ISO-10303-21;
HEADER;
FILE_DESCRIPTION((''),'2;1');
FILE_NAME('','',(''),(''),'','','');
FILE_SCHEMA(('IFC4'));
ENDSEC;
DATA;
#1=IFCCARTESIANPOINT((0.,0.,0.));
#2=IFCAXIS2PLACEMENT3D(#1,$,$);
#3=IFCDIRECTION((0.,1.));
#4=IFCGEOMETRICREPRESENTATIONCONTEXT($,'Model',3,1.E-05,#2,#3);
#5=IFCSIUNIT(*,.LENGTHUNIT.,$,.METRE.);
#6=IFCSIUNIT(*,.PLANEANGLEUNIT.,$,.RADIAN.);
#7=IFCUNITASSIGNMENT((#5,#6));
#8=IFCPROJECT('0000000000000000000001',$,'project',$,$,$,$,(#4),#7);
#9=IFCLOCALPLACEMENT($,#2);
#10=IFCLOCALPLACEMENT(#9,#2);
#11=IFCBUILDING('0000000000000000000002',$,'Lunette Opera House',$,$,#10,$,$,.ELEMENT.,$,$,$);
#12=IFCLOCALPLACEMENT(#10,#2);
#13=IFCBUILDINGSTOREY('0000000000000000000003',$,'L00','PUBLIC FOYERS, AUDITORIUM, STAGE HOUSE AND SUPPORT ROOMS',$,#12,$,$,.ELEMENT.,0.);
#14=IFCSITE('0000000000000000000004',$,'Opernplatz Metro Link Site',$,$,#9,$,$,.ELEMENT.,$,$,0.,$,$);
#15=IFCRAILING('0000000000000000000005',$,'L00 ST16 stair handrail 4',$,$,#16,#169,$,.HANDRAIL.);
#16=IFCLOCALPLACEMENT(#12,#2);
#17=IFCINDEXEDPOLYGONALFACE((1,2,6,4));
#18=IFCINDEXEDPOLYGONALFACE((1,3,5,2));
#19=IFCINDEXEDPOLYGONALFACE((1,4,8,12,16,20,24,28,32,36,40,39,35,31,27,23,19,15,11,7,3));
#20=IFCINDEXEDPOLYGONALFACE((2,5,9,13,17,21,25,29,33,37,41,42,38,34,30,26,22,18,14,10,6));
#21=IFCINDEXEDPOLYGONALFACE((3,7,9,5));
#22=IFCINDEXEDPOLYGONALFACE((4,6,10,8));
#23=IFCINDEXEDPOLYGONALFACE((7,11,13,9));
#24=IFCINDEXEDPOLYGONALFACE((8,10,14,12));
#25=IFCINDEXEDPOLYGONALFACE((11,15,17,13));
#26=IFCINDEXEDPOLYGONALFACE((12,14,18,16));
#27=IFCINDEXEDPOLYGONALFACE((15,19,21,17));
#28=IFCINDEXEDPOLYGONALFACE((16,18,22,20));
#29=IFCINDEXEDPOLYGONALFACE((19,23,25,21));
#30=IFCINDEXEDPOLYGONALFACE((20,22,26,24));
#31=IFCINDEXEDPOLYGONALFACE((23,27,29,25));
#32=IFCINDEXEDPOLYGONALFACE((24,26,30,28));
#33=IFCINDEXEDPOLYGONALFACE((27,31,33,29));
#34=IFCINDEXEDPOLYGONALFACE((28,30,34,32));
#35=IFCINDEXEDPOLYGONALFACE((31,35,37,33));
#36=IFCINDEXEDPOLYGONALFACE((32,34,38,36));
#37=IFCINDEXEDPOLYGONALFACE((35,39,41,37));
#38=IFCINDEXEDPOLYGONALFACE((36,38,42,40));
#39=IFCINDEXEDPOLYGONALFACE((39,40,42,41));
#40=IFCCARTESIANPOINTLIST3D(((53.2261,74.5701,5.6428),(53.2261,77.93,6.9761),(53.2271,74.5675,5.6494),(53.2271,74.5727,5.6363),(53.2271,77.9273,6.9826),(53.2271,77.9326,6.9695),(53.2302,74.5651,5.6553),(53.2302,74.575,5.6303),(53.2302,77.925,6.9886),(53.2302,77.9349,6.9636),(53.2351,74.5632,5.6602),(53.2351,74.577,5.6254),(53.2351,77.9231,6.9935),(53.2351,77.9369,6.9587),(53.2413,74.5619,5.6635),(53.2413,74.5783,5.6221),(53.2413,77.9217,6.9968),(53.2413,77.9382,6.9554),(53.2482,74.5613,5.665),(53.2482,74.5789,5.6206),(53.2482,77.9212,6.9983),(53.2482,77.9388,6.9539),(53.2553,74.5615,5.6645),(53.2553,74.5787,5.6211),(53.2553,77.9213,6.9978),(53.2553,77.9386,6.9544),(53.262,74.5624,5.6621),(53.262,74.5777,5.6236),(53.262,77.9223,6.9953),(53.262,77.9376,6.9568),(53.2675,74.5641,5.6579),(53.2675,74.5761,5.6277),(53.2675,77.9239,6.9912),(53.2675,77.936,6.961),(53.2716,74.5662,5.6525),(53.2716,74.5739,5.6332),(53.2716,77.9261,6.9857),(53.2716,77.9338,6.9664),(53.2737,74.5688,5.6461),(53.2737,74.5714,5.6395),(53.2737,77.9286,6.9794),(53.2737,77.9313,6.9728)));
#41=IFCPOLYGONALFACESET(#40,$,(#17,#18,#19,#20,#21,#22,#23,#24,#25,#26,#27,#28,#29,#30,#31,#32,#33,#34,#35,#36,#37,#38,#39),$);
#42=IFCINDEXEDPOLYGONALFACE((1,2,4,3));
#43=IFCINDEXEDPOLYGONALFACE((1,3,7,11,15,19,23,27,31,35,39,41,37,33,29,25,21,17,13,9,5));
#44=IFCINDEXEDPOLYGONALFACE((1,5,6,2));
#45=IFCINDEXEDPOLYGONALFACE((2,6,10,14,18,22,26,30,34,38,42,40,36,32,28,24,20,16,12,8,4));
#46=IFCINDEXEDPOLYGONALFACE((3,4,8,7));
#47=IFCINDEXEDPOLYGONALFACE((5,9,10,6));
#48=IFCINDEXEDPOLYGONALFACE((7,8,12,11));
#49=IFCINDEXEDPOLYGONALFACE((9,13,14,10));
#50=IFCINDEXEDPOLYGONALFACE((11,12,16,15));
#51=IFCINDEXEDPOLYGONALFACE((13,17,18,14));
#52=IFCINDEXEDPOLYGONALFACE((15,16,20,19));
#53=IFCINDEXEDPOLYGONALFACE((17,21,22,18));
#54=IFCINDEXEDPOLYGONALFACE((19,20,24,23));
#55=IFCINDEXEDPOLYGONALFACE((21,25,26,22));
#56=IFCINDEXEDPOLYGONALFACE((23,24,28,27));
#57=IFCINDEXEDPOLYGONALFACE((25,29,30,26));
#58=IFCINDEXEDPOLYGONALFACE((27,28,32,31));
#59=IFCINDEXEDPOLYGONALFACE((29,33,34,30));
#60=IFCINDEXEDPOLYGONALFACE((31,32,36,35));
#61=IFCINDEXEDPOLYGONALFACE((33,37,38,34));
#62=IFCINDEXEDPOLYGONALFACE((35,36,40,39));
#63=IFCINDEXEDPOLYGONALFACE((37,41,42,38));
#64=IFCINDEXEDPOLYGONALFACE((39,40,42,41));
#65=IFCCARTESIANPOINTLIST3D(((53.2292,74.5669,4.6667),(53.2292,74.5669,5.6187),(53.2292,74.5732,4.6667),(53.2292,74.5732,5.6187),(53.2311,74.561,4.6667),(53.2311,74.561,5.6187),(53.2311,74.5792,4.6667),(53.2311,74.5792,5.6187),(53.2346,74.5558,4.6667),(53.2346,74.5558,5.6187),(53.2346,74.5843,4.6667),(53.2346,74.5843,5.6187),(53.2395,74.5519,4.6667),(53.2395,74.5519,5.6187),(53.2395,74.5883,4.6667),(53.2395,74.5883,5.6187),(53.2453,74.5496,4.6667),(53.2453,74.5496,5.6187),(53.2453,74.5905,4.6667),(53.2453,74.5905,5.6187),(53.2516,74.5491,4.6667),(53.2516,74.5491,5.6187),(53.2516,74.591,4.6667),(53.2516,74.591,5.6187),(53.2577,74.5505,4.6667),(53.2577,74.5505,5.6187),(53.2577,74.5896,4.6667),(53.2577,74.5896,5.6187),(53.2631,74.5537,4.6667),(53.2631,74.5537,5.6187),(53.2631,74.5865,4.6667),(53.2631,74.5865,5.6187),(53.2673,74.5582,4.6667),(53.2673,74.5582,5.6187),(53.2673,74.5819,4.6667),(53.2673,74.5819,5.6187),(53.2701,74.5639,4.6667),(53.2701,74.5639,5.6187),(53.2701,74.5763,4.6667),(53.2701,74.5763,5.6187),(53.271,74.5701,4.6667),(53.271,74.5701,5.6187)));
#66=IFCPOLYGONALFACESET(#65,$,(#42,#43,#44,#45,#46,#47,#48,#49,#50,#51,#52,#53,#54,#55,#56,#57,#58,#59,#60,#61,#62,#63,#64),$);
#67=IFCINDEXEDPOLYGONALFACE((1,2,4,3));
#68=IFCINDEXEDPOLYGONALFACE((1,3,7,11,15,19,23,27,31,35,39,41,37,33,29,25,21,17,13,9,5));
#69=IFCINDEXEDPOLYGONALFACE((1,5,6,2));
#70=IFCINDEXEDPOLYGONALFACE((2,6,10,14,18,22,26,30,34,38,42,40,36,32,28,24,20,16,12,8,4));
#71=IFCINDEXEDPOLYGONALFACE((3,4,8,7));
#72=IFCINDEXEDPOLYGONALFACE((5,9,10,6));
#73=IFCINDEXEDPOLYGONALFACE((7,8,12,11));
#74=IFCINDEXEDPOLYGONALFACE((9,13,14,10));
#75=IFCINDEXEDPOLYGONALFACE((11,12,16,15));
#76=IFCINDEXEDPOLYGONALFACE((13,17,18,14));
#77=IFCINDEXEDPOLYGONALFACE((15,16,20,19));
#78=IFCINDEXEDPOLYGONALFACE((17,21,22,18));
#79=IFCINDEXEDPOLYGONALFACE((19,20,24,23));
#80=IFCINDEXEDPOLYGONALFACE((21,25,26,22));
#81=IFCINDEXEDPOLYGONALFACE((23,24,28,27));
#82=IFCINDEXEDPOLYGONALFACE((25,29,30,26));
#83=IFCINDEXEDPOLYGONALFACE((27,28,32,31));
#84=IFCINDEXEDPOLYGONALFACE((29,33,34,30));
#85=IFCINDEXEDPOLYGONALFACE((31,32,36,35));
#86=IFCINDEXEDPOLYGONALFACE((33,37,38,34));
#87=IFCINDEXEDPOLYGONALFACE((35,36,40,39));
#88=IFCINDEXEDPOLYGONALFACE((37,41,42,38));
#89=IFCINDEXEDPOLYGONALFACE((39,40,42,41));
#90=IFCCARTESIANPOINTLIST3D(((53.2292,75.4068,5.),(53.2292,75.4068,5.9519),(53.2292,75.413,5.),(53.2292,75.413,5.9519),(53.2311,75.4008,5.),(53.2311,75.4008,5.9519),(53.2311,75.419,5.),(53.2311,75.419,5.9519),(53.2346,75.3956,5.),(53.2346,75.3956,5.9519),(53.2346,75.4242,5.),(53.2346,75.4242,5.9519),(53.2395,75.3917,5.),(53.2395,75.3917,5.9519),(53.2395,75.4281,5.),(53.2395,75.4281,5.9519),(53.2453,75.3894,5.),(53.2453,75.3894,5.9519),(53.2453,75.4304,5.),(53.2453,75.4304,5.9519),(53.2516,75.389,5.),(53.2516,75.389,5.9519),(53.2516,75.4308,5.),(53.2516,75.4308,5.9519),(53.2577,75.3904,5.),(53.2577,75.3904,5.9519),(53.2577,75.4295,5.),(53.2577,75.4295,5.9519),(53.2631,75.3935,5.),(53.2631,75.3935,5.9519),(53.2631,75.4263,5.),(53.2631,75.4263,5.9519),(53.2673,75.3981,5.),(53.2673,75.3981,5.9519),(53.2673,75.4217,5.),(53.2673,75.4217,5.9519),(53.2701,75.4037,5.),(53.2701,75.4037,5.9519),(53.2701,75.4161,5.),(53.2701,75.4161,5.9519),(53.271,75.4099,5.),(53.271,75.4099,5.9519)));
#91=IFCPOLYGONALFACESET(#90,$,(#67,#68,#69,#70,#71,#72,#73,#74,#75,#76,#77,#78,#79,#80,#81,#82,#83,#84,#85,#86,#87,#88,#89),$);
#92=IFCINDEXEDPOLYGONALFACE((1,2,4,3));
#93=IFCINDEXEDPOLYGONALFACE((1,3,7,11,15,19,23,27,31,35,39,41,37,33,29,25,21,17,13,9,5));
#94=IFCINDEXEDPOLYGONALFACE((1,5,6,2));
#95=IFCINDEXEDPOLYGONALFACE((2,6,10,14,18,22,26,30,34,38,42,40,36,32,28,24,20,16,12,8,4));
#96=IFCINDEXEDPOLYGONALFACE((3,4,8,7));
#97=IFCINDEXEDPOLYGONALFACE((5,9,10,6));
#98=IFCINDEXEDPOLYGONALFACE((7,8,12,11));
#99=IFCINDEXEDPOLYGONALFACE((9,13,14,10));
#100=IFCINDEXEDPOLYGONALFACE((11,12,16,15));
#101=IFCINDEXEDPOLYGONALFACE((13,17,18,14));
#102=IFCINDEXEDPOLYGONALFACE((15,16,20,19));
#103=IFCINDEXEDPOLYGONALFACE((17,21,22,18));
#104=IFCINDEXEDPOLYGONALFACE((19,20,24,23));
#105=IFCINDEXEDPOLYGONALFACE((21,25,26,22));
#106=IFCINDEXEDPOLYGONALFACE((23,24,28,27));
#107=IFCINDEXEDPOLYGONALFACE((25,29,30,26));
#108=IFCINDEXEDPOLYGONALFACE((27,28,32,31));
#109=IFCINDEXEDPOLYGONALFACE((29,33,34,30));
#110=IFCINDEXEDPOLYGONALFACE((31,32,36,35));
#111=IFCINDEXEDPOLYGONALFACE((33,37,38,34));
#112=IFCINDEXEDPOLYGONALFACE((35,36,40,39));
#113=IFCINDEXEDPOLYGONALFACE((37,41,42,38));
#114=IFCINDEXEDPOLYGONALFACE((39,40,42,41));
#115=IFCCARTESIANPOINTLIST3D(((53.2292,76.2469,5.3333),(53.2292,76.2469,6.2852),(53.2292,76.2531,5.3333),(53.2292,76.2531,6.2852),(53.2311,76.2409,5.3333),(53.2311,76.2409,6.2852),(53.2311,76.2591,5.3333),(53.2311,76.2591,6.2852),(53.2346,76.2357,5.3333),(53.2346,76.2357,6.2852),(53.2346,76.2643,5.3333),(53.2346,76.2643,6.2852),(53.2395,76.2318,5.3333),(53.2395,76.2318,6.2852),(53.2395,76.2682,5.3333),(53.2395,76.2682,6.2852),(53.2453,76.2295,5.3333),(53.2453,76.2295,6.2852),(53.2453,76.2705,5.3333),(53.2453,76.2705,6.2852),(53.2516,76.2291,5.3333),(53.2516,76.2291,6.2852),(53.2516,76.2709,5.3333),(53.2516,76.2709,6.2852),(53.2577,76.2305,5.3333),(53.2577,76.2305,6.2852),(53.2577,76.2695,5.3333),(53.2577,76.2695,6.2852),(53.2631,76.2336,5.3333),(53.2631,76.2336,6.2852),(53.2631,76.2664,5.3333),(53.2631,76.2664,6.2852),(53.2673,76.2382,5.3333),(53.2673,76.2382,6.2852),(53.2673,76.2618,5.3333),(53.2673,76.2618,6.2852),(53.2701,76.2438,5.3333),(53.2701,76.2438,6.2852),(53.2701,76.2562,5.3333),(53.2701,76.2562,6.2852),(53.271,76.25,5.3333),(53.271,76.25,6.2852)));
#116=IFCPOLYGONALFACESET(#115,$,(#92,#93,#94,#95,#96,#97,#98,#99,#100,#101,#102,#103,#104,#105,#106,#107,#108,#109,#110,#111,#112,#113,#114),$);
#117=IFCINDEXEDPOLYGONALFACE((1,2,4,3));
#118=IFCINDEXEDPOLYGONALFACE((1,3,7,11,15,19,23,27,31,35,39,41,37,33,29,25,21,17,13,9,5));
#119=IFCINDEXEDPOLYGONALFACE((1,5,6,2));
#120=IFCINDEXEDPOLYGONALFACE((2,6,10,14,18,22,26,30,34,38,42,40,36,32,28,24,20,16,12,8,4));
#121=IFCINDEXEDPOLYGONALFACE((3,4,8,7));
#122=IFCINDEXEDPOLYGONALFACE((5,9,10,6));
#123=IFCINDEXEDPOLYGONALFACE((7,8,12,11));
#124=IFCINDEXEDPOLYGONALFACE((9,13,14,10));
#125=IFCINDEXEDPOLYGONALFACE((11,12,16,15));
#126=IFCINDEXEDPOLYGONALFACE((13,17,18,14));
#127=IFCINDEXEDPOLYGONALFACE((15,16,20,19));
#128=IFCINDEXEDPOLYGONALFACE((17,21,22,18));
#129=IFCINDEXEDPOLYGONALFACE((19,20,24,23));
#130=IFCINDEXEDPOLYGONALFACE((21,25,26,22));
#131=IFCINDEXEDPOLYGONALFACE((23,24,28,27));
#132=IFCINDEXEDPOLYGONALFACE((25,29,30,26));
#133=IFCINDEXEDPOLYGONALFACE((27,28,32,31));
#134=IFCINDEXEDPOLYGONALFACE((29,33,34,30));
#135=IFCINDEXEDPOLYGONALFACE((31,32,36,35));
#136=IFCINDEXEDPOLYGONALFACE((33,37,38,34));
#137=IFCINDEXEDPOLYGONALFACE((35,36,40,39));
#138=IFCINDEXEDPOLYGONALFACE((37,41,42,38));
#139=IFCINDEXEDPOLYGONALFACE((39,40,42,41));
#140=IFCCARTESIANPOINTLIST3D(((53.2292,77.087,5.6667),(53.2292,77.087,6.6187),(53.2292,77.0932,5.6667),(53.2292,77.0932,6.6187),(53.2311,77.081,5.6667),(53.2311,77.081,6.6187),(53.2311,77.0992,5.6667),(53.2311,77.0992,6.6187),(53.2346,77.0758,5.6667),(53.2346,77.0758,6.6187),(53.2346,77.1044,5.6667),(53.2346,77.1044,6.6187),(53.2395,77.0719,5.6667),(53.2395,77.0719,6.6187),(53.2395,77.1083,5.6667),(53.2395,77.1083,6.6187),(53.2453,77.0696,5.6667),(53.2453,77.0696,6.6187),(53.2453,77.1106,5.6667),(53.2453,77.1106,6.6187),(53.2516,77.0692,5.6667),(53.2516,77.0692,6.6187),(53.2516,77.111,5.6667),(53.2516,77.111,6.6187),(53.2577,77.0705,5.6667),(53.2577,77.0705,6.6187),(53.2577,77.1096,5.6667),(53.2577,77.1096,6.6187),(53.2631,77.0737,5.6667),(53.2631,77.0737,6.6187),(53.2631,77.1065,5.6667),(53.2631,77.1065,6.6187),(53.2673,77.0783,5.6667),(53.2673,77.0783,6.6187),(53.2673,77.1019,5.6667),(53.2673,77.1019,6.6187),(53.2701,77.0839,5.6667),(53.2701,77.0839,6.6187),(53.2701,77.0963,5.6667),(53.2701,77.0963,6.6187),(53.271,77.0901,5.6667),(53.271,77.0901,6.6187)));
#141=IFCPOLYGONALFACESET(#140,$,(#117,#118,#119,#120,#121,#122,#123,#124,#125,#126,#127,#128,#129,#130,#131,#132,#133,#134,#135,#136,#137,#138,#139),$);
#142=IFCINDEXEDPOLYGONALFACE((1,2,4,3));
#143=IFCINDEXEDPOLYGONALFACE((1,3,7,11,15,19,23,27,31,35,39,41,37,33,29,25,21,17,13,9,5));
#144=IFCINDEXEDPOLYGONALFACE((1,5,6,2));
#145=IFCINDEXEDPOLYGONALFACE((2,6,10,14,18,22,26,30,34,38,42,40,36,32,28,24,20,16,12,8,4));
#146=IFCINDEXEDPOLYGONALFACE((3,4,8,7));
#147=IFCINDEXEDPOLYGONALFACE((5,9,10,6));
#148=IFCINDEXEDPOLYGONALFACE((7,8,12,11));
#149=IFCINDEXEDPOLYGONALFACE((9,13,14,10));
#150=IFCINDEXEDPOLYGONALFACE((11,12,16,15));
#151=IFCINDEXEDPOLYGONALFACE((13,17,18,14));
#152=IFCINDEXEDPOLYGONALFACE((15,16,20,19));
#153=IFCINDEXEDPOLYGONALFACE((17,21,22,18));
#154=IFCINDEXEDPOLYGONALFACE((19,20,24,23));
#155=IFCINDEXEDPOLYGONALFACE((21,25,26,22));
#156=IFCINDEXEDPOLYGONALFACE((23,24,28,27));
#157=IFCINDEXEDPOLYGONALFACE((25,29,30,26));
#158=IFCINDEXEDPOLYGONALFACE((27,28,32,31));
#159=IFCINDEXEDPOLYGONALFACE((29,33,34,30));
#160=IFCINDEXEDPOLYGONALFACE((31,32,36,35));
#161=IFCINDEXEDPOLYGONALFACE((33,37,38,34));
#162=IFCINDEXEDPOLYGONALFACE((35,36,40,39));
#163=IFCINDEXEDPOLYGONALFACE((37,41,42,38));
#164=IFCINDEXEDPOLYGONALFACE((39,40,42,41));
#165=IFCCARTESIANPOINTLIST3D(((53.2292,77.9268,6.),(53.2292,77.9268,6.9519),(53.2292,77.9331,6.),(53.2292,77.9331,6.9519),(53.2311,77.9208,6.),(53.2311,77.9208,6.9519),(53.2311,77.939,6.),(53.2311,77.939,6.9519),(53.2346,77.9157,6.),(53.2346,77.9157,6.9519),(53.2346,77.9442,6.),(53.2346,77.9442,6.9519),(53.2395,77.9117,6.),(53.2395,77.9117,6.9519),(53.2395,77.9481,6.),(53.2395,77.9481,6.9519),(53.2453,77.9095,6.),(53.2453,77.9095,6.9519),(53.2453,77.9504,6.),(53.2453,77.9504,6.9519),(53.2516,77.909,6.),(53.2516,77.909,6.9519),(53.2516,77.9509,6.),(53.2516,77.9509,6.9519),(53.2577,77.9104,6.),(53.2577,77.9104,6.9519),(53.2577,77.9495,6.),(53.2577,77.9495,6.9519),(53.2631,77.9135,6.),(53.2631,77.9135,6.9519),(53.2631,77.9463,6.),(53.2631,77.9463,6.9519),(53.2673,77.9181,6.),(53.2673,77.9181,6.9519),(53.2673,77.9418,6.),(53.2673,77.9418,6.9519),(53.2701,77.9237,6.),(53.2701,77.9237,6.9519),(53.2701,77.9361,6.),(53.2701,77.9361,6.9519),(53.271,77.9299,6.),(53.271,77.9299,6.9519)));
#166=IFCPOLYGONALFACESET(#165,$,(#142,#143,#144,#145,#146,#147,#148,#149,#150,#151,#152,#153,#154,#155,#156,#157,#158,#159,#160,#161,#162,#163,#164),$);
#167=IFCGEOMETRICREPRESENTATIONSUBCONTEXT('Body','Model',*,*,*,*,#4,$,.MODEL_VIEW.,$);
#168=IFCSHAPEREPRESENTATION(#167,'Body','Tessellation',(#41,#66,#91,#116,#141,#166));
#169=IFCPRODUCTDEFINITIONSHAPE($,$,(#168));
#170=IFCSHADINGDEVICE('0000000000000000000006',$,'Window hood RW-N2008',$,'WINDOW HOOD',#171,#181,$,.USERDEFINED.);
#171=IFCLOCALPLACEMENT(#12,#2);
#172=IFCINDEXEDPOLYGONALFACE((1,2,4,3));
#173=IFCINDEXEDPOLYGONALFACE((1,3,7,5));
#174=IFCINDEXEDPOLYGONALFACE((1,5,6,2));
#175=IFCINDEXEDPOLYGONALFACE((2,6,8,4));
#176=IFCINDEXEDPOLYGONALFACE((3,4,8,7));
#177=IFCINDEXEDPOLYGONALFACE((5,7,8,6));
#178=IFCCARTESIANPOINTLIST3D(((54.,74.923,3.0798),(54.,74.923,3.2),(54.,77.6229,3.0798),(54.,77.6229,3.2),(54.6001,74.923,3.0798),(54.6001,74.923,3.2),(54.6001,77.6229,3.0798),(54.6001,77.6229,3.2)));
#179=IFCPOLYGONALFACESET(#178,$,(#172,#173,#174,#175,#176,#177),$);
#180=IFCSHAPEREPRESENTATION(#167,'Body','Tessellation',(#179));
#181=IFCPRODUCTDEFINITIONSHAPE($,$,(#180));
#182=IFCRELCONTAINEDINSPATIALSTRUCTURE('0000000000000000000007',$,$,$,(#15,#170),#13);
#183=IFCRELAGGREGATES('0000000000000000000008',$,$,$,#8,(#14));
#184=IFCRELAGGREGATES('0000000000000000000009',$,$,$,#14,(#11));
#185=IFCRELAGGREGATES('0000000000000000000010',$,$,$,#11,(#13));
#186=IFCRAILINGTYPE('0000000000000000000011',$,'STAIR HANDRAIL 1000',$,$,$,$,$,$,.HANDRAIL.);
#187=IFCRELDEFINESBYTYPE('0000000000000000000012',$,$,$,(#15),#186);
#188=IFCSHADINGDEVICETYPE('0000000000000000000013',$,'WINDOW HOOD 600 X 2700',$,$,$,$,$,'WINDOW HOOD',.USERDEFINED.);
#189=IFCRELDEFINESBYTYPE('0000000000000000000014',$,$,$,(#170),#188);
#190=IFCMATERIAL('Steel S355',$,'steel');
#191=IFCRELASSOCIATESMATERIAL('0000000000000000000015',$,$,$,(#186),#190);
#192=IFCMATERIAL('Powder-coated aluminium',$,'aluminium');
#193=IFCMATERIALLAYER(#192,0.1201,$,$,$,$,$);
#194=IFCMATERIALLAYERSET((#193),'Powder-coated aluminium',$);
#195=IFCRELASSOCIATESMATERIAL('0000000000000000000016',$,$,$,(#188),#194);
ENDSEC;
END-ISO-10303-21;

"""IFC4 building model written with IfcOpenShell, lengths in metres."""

from ifc_helpers import new_model, si_unit, direction, frame, origin, origin_2d, place, context, subcontext, project, spatial, rectangle, circle, extrude, material, layer, layer_set, type_object, element, save


model = new_model("IFC4")

# Units and contexts
model_context = context("Model", 3, precision=1e-05, world=origin(), true_north=direction((0.0, 1.0)))
body_context = subcontext(model_context, "Body", "Model", "MODEL_VIEW")
ifc_project = project(units=[si_unit("LENGTHUNIT", "METRE"), si_unit("PLANEANGLEUNIT", "RADIAN")], contexts=[model_context])

# Site, building, storey
site_placement = place(None, origin())
site = spatial("IfcSite", under=ifc_project, at=site_placement, Name="Opernplatz Metro Link Site", CompositionType="ELEMENT", RefElevation=0.0)
building_placement = place(site_placement, origin())
building = spatial("IfcBuilding", under=site, at=building_placement, Name="Lunette Opera House", CompositionType="ELEMENT")
storey_placement = place(building_placement, origin())
storey = spatial("IfcBuildingStorey", under=building, at=storey_placement, Name="L00", Description="PUBLIC FOYERS, AUDITORIUM, STAGE HOUSE AND SUPPORT ROOMS", CompositionType="ELEMENT", Elevation=0.0)

# Railing
ifc_material_1 = material(Name="Steel S355", Category="steel")
railing_type_1 = type_object("IfcRailingType", Name="STAIR HANDRAIL 1000", PredefinedType="HANDRAIL", material=ifc_material_1)
railing_1_placement = place(storey_placement, frame((53.25, 74.5701, 4.6667)))
element("IfcRailing", 1, at=railing_1_placement, inside=storey, type_object=railing_type_1, Name="L00 ST16 stair handrail 4", PredefinedType="HANDRAIL", context=body_context, shape_type="SweptSolid", body=[
    extrude(circle(Radius=0.0239, at=origin_2d()), frame((0.0, 0.0, 0.9761), z_axis=(0.0, 0.929493, 0.368839), x_axis=(-1.0, 0.0, 0.0)), (0.0, 0.0, 1.0), 3.6147),
    extrude(circle(Radius=0.021, at=origin_2d()), origin(), (0.0, 0.0, 1.0), 0.9519),
    extrude(circle(Radius=0.021, at=origin_2d()), frame((0.0, 0.8398, 0.3333)), (0.0, 0.0, 1.0), 0.9519),
    extrude(circle(Radius=0.021, at=origin_2d()), frame((0.0, 1.6799, 0.6665)), (0.0, 0.0, 1.0), 0.9519),
    extrude(circle(Radius=0.021, at=origin_2d()), frame((0.0, 2.52, 1.0)), (0.0, 0.0, 1.0), 0.9519),
    extrude(circle(Radius=0.021, at=origin_2d()), frame((0.0, 3.3599, 1.3333)), (0.0, 0.0, 1.0), 0.9519),
])

# Shading device
ifc_material_2 = material(Name="Powder-coated aluminium", Category="aluminium")
ifc_layer_1 = layer(ifc_material_2, 0.1201)
ifc_layer_set_1 = layer_set([ifc_layer_1], Name="Powder-coated aluminium")
shading_device_type = type_object("IfcShadingDeviceType", Name="WINDOW HOOD 600 X 2700", ElementType="WINDOW HOOD", PredefinedType="USERDEFINED", material=ifc_layer_set_1)
shading_device_placement = place(storey_placement, frame((54.3, 76.2729, 3.0798), z_axis=(0.0, 0.0, 1.0), x_axis=(1.0, 0.0, 0.0)))
element("IfcShadingDevice", 2, at=shading_device_placement, inside=storey, type_object=shading_device_type, Name="Window hood RW-N2008", ObjectType="WINDOW HOOD", PredefinedType="USERDEFINED", context=body_context, shape_type="SweptSolid", body=[
    extrude(rectangle(XDim=0.6001, YDim=2.7, at=origin_2d()), origin(), (0.0, 0.0, 1.0), 0.1201),
])

save(model, "model.ifc")
